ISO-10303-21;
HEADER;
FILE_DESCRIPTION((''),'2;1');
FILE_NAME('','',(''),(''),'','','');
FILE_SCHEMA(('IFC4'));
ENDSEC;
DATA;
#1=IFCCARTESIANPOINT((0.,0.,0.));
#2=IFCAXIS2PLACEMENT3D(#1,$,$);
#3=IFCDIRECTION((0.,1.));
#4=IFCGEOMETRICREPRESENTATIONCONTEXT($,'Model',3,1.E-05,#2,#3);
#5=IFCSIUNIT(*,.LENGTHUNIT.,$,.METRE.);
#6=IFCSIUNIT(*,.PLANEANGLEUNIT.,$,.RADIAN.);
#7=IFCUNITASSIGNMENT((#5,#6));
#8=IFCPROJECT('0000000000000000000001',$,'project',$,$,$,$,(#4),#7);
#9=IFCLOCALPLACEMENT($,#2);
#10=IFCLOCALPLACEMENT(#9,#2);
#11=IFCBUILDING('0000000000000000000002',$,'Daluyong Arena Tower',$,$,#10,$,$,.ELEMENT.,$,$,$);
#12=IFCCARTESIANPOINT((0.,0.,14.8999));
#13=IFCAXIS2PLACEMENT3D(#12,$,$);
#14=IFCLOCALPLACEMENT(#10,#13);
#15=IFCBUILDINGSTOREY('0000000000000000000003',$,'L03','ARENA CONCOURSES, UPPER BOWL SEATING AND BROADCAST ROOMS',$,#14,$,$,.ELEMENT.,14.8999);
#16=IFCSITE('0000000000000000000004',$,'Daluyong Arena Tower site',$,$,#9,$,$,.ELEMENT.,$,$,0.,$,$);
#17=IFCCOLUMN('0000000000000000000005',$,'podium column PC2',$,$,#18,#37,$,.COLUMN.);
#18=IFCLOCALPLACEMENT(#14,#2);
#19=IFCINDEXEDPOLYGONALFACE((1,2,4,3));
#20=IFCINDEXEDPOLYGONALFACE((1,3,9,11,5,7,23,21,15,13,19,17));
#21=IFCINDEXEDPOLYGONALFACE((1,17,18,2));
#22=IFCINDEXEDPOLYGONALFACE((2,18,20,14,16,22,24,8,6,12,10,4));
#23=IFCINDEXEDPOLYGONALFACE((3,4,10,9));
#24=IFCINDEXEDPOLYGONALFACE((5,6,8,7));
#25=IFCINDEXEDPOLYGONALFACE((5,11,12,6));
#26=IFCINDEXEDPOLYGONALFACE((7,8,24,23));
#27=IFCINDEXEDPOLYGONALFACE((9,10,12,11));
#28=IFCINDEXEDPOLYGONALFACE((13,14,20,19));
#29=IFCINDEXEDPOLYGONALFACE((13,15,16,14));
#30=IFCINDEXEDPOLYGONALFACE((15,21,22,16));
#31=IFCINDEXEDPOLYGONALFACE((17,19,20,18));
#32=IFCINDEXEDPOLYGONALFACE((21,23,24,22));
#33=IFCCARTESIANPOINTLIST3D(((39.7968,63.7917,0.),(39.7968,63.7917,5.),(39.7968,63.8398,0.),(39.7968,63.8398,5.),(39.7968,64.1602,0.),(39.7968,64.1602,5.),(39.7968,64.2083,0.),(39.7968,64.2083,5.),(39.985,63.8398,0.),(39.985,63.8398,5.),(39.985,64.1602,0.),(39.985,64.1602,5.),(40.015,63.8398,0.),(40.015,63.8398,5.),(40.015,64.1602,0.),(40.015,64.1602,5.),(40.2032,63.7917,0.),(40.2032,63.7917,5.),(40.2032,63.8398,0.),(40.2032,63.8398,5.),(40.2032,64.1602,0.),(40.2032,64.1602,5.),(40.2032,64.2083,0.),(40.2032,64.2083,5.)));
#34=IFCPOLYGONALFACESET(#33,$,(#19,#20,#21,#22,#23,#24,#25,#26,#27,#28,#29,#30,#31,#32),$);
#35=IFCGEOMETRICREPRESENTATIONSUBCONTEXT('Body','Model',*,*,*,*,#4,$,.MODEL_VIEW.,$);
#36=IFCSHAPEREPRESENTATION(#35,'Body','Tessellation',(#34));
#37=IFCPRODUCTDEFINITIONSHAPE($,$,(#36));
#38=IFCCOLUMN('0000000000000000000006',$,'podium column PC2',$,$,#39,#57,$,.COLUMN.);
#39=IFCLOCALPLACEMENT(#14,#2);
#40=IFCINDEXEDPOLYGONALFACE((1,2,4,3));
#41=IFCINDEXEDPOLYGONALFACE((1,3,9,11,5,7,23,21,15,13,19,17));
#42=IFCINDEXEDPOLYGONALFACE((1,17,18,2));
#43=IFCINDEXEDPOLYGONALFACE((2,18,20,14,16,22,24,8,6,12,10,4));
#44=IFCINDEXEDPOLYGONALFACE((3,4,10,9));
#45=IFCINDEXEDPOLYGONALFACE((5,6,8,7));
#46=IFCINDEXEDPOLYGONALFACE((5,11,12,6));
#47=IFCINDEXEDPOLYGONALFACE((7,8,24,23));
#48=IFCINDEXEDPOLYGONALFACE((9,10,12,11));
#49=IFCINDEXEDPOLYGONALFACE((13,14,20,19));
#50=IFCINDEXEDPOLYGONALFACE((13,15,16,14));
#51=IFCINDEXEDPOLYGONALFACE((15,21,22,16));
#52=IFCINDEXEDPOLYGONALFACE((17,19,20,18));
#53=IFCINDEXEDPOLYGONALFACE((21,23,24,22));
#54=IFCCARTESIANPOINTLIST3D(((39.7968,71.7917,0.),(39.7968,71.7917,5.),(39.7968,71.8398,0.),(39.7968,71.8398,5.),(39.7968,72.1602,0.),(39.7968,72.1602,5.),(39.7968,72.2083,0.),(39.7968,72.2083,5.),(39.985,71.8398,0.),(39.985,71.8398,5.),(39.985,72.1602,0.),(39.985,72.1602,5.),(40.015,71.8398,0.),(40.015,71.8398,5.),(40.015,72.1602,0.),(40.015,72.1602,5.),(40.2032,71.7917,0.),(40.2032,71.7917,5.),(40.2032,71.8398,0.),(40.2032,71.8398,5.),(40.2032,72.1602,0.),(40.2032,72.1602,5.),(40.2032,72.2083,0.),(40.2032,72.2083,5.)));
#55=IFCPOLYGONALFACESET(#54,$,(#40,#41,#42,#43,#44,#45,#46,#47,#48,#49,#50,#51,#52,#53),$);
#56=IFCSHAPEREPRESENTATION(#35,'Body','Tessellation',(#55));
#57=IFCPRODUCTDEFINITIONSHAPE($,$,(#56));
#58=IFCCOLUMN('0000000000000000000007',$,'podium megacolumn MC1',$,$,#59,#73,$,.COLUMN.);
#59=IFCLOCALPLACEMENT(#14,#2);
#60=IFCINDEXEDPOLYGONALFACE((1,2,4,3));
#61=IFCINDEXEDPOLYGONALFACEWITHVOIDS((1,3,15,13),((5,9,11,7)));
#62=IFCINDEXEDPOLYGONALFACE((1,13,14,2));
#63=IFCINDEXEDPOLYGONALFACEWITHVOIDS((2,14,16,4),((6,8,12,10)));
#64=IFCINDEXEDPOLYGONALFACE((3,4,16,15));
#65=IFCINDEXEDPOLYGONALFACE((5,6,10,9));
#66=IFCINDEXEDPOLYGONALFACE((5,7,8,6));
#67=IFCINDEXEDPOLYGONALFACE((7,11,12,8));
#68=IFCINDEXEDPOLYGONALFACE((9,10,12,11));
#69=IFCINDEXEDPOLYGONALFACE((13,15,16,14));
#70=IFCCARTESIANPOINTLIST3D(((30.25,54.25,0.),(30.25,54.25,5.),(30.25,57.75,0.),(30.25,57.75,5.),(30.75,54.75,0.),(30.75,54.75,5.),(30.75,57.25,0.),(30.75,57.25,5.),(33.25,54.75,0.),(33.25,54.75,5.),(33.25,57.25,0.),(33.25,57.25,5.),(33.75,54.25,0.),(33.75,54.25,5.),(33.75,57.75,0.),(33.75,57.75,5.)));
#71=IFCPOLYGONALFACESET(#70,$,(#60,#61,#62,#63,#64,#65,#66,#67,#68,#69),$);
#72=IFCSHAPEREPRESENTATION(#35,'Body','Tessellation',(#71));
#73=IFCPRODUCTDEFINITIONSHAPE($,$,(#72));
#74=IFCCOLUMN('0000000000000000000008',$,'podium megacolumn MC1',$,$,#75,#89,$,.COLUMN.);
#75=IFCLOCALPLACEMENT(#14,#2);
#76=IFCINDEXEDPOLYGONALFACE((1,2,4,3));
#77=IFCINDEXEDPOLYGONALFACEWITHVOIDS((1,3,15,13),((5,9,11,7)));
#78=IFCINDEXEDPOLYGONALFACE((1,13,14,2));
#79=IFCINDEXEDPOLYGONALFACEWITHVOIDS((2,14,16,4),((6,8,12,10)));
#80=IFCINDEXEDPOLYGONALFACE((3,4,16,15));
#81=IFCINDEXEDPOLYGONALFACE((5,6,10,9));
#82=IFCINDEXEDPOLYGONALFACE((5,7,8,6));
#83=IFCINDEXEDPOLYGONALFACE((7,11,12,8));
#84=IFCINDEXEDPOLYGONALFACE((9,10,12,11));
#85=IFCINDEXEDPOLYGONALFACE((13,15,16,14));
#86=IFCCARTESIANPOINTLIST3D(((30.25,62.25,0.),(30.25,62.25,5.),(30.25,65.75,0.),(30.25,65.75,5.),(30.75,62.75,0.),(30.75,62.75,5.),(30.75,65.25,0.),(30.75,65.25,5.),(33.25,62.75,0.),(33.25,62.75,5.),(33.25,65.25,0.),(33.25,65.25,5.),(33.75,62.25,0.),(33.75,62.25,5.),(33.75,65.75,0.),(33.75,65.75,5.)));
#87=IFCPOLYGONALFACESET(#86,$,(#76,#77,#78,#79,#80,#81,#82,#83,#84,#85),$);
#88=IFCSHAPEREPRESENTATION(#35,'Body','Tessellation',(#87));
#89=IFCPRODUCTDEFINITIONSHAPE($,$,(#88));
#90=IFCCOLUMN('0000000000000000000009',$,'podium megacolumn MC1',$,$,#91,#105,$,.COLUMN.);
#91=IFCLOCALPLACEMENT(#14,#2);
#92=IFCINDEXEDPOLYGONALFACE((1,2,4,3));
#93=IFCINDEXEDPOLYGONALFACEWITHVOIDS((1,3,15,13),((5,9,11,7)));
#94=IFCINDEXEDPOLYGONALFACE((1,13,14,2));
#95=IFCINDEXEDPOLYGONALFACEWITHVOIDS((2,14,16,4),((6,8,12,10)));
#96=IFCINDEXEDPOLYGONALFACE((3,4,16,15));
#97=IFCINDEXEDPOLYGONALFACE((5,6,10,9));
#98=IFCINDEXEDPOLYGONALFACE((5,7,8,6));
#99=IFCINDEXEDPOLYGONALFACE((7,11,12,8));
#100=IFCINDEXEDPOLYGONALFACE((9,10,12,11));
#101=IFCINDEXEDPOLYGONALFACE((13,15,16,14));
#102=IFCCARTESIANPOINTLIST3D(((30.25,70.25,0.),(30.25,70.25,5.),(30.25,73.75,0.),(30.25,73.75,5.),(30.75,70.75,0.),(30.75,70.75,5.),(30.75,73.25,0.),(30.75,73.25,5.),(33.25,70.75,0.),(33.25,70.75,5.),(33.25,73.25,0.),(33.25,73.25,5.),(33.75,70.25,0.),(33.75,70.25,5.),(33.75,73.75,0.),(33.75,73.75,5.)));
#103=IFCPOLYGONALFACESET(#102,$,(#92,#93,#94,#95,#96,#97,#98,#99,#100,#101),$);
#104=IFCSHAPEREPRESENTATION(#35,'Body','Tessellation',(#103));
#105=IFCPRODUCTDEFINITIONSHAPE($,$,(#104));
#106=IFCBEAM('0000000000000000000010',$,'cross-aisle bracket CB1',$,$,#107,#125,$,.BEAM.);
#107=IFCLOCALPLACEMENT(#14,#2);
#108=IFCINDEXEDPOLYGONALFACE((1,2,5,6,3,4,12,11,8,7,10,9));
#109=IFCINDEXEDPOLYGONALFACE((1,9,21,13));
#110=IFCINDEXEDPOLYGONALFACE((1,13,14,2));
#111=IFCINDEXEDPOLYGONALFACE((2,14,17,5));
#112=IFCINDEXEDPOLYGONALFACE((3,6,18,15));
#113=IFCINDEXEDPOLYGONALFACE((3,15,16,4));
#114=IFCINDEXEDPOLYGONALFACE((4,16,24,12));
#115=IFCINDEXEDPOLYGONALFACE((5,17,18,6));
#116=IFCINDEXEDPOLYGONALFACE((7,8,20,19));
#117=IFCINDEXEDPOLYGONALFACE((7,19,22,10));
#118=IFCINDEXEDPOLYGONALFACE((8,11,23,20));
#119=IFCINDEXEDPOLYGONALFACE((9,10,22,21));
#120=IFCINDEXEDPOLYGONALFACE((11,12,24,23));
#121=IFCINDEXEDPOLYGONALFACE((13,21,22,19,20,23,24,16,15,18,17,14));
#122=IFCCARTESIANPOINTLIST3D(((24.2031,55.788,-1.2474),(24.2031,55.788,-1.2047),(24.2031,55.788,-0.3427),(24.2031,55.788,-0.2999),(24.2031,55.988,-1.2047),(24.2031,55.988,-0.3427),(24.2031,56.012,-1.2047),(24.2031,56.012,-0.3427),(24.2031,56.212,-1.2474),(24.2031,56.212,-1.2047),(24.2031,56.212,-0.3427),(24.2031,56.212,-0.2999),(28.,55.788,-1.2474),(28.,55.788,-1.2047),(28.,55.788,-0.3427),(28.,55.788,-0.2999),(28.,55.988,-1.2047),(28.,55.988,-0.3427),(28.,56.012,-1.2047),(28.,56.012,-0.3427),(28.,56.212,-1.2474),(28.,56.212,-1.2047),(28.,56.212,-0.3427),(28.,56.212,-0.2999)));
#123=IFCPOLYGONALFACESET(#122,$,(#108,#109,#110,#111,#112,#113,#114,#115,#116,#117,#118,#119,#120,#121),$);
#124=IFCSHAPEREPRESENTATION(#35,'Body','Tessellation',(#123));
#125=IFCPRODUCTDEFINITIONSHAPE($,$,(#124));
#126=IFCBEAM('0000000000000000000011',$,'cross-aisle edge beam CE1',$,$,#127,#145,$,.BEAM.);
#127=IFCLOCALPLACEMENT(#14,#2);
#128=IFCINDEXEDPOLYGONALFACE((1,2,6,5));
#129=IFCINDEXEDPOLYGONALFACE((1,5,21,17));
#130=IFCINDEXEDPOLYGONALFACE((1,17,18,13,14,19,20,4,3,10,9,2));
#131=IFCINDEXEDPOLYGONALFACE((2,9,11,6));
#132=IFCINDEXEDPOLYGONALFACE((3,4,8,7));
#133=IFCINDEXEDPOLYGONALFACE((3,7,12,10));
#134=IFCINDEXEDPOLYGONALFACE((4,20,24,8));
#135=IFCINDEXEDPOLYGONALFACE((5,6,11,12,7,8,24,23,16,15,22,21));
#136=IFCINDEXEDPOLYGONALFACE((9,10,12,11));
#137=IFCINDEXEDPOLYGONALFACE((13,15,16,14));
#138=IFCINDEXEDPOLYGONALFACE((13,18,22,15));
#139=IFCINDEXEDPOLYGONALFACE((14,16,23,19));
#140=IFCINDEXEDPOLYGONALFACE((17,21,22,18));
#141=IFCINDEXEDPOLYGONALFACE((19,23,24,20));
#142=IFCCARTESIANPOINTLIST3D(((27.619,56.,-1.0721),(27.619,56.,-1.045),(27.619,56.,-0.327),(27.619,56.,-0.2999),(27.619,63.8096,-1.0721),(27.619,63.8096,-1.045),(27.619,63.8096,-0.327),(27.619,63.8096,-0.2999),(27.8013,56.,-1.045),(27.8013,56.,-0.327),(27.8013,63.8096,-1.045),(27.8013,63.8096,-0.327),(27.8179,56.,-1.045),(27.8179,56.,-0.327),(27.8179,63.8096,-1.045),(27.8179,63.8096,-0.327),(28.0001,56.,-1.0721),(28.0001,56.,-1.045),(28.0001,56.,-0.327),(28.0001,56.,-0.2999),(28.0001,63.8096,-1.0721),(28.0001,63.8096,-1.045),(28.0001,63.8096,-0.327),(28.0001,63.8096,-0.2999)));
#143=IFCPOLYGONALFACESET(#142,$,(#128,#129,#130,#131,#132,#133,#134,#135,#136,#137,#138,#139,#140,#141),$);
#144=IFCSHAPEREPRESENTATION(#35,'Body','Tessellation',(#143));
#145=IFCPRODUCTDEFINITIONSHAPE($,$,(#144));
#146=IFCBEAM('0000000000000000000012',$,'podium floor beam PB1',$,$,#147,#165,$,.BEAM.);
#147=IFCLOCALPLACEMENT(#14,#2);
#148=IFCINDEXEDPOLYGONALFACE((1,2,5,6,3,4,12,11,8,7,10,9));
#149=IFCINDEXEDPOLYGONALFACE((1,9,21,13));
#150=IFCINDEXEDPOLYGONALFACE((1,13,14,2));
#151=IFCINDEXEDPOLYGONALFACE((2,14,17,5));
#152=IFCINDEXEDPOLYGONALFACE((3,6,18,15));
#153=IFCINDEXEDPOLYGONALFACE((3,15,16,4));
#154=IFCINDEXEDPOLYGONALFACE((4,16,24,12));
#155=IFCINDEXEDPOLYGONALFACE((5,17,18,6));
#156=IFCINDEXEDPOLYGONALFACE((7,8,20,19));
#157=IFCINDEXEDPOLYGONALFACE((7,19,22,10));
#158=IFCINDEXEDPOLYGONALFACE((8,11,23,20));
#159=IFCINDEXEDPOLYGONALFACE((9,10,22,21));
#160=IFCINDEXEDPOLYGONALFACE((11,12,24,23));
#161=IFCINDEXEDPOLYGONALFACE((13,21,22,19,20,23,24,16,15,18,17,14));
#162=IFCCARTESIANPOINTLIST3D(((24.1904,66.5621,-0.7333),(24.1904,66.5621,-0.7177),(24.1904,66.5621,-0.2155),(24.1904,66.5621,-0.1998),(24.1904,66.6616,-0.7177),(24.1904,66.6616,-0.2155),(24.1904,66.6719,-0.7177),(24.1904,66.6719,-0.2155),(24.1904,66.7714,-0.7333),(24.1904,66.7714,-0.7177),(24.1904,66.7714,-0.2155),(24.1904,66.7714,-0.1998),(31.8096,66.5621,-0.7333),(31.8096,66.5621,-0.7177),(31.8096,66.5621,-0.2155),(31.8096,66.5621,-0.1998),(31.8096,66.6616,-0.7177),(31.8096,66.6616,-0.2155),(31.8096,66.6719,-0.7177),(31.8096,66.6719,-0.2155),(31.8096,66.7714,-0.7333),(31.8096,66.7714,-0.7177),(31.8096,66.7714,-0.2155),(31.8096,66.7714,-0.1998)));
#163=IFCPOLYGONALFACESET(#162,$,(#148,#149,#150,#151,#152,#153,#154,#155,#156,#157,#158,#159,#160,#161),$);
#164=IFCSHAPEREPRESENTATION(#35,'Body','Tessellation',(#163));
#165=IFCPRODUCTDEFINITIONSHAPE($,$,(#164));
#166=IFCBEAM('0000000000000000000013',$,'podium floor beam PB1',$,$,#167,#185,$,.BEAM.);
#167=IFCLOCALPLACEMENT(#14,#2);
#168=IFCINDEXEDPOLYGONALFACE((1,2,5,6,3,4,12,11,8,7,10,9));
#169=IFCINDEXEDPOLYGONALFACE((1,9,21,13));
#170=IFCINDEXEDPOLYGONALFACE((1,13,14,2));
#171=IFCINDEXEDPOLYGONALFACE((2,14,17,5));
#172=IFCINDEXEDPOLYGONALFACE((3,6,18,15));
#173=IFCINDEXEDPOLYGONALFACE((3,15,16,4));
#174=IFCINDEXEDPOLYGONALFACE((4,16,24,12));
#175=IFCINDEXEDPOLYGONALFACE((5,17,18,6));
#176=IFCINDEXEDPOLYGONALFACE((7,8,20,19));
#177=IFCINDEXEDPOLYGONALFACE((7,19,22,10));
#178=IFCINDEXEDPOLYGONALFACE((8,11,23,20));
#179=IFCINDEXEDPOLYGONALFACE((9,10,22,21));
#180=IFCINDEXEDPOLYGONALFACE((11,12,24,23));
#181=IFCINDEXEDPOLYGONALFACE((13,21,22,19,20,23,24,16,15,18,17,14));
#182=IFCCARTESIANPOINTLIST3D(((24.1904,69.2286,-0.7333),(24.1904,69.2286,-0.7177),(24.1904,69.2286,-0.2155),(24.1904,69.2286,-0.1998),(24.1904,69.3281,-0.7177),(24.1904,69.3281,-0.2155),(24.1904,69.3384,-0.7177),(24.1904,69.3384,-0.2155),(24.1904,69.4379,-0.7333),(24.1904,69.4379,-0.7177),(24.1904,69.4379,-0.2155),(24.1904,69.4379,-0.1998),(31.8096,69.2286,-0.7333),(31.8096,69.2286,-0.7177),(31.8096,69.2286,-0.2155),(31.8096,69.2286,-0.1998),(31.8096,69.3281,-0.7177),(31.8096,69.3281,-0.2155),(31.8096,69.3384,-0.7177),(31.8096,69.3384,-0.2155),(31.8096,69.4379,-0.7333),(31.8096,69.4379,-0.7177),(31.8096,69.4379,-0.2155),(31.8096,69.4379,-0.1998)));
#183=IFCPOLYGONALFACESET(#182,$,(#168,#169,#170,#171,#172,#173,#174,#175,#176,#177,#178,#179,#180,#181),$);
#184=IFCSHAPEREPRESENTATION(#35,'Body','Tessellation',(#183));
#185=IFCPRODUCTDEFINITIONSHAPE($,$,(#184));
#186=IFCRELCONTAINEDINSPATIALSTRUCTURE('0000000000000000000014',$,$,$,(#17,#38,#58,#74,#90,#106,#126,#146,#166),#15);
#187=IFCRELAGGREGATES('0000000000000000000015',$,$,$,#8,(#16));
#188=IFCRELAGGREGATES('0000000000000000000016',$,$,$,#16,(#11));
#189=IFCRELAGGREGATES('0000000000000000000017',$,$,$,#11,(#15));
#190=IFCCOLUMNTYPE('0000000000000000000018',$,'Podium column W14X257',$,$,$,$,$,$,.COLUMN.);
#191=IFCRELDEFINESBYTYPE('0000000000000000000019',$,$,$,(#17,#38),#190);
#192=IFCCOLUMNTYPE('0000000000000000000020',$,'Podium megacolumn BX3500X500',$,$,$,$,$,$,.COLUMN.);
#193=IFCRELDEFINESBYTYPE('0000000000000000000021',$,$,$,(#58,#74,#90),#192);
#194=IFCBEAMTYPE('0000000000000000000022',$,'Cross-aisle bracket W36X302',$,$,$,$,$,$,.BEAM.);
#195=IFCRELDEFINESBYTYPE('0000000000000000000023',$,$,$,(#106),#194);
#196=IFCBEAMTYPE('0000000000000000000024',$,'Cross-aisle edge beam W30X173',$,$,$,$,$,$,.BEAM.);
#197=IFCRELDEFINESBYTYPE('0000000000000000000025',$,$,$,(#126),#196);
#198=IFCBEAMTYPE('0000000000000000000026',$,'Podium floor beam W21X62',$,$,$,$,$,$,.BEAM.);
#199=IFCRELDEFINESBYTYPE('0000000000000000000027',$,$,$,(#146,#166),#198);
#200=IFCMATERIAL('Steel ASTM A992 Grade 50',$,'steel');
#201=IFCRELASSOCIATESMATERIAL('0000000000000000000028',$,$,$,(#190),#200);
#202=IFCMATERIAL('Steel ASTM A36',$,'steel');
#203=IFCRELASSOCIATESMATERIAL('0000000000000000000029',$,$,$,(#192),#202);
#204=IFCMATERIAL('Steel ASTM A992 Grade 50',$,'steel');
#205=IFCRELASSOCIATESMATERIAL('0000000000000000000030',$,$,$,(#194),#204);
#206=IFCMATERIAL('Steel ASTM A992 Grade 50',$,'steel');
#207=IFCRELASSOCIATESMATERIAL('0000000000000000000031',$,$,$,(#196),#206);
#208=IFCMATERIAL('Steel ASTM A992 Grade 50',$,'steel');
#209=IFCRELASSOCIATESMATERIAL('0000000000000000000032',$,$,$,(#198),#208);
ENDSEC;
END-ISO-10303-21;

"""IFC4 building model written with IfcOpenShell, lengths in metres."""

from ifc_helpers import new_model, si_unit, direction, frame, origin, origin_2d, place, context, subcontext, project, spatial, hollow_rectangle, i_section, extrude, material, material_profile, profile_set, type_object, element, save


model = new_model("IFC4")

# Units and contexts
model_context = context("Model", 3, precision=1e-05, world=origin(), true_north=direction((0.0, 1.0)))
body_context = subcontext(model_context, "Body", "Model", "MODEL_VIEW")
ifc_project = project(units=[si_unit("LENGTHUNIT", "METRE"), si_unit("PLANEANGLEUNIT", "RADIAN")], contexts=[model_context])

# Site, building, storey
site_placement = place(None, origin())
site = spatial("IfcSite", under=ifc_project, at=site_placement, Name="Daluyong Arena Tower site", CompositionType="ELEMENT", RefElevation=0.0)
building_placement = place(site_placement, origin())
building = spatial("IfcBuilding", under=site, at=building_placement, Name="Daluyong Arena Tower", CompositionType="ELEMENT")
storey_placement = place(building_placement, frame((0.0, 0.0, 14.8999)))
storey = spatial("IfcBuildingStorey", under=building, at=storey_placement, Name="L03", Description="ARENA CONCOURSES, UPPER BOWL SEATING AND BROADCAST ROOMS", CompositionType="ELEMENT", Elevation=14.8999)

# Columns
ifc_material_1 = material(Name="Steel ASTM A992 Grade 50", Category="steel")
ifc_material_profile_1 = material_profile(ifc_material_1, i_section(OverallWidth=0.4065, OverallDepth=0.4165, WebThickness=0.03, FlangeThickness=0.0481, at=origin_2d()))
ifc_profile_set_1 = profile_set([ifc_material_profile_1], Name="Steel ASTM A992 Grade 50")
column_type_1 = type_object("IfcColumnType", Name="Podium column W14X257", PredefinedType="COLUMN", material=ifc_profile_set_1)
for number, where, z_axis, x_axis, name in (
    (1, (40.0, 64.0, 0.0), (0.0, 0.0, 1.0), (1.0, 0.0, 0.0), "podium column PC2"),
    (2, (40.0, 72.0, 0.0), (0.0, 0.0, 1.0), (1.0, 0.0, 0.0), "podium column PC2"),
):
    element("IfcColumn", number, at=place(storey_placement, frame(where, z_axis=z_axis, x_axis=x_axis)), inside=storey, type_object=column_type_1, Name=name, PredefinedType="COLUMN", context=body_context, shape_type="SweptSolid", body=[
        extrude(i_section(OverallWidth=0.4065, OverallDepth=0.4165, WebThickness=0.03, FlangeThickness=0.0481, at=origin_2d()), origin(), (0.0, 0.0, 1.0), 5.0),
    ])
ifc_material_2 = material(Name="Steel ASTM A36", Category="steel")
ifc_material_profile_2 = material_profile(ifc_material_2, hollow_rectangle(XDim=3.5, YDim=3.5, WallThickness=0.5, at=origin_2d()))
ifc_profile_set_2 = profile_set([ifc_material_profile_2], Name="Steel ASTM A36")
column_type_2 = type_object("IfcColumnType", Name="Podium megacolumn BX3500X500", PredefinedType="COLUMN", material=ifc_profile_set_2)
for number, where, z_axis, x_axis, name in (
    (3, (32.0, 56.0, 0.0), (0.0, 0.0, 1.0), (1.0, 0.0, 0.0), "podium megacolumn MC1"),
    (4, (32.0, 64.0, 0.0), (0.0, 0.0, 1.0), (1.0, 0.0, 0.0), "podium megacolumn MC1"),
    (5, (32.0, 72.0, 0.0), (0.0, 0.0, 1.0), (1.0, 0.0, 0.0), "podium megacolumn MC1"),
):
    element("IfcColumn", number, at=place(storey_placement, frame(where, z_axis=z_axis, x_axis=x_axis)), inside=storey, type_object=column_type_2, Name=name, PredefinedType="COLUMN", context=body_context, shape_type="SweptSolid", body=[
        extrude(hollow_rectangle(XDim=3.5, YDim=3.5, WallThickness=0.5, at=origin_2d()), origin(), (0.0, 0.0, 1.0), 5.0),
    ])

# Beams
ifc_material_3 = material(Name="Steel ASTM A992 Grade 50", Category="steel")
ifc_material_profile_3 = material_profile(ifc_material_3, i_section(OverallWidth=0.4241, OverallDepth=0.9475, WebThickness=0.0239, FlangeThickness=0.0427, at=origin_2d()))
ifc_profile_set_3 = profile_set([ifc_material_profile_3], Name="Steel ASTM A992 Grade 50")
beam_type_1 = type_object("IfcBeamType", Name="Cross-aisle bracket W36X302", PredefinedType="BEAM", material=ifc_profile_set_3)
beam_1_placement = place(storey_placement, frame((24.2031, 56.0, -0.7737), z_axis=(1.0, 0.0, 0.0), x_axis=(0.0, 1.0, 0.0)))
element("IfcBeam", 6, at=beam_1_placement, inside=storey, type_object=beam_type_1, Name="cross-aisle bracket CB1", PredefinedType="BEAM", context=body_context, shape_type="SweptSolid", body=[
    extrude(i_section(OverallWidth=0.4241, OverallDepth=0.9475, WebThickness=0.0239, FlangeThickness=0.0427, at=origin_2d()), origin(), (0.0, 0.0, 1.0), 3.7969),
])
ifc_material_4 = material(Name="Steel ASTM A992 Grade 50", Category="steel")
ifc_material_profile_4 = material_profile(ifc_material_4, i_section(OverallWidth=0.3811, OverallDepth=0.7722, WebThickness=0.0166, FlangeThickness=0.0271, at=origin_2d()))
ifc_profile_set_4 = profile_set([ifc_material_profile_4], Name="Steel ASTM A992 Grade 50")
beam_type_2 = type_object("IfcBeamType", Name="Cross-aisle edge beam W30X173", PredefinedType="BEAM", material=ifc_profile_set_4)
beam_2_placement = place(storey_placement, frame((27.8096, 56.0, -0.686), z_axis=(0.0, 1.0, 0.0), x_axis=(-1.0, 0.0, 0.0)))
element("IfcBeam", 7, at=beam_2_placement, inside=storey, type_object=beam_type_2, Name="cross-aisle edge beam CE1", PredefinedType="BEAM", context=body_context, shape_type="SweptSolid", body=[
    extrude(i_section(OverallWidth=0.3811, OverallDepth=0.7722, WebThickness=0.0166, FlangeThickness=0.0271, at=origin_2d()), origin(), (0.0, 0.0, 1.0), 7.8096),
])
ifc_material_5 = material(Name="Steel ASTM A992 Grade 50", Category="steel")
ifc_material_profile_5 = material_profile(ifc_material_5, i_section(OverallWidth=0.2092, OverallDepth=0.5334, WebThickness=0.0103, FlangeThickness=0.0156, at=origin_2d()))
ifc_profile_set_5 = profile_set([ifc_material_profile_5], Name="Steel ASTM A992 Grade 50")
beam_type_3 = type_object("IfcBeamType", Name="Podium floor beam W21X62", PredefinedType="BEAM", material=ifc_profile_set_5)
for number, where, z_axis, x_axis, name in (
    (8, (24.1904, 66.6667, -0.4666), (1.0, 0.0, 0.0), (0.0, 1.0, 0.0), "podium floor beam PB1"),
    (9, (24.1904, 69.3333, -0.4666), (1.0, 0.0, 0.0), (0.0, 1.0, 0.0), "podium floor beam PB1"),
):
    element("IfcBeam", number, at=place(storey_placement, frame(where, z_axis=z_axis, x_axis=x_axis)), inside=storey, type_object=beam_type_3, Name=name, PredefinedType="BEAM", context=body_context, shape_type="SweptSolid", body=[
        extrude(i_section(OverallWidth=0.2092, OverallDepth=0.5334, WebThickness=0.0103, FlangeThickness=0.0156, at=origin_2d()), origin(), (0.0, 0.0, 1.0), 7.6191),
    ])

save(model, "model.ifc")
